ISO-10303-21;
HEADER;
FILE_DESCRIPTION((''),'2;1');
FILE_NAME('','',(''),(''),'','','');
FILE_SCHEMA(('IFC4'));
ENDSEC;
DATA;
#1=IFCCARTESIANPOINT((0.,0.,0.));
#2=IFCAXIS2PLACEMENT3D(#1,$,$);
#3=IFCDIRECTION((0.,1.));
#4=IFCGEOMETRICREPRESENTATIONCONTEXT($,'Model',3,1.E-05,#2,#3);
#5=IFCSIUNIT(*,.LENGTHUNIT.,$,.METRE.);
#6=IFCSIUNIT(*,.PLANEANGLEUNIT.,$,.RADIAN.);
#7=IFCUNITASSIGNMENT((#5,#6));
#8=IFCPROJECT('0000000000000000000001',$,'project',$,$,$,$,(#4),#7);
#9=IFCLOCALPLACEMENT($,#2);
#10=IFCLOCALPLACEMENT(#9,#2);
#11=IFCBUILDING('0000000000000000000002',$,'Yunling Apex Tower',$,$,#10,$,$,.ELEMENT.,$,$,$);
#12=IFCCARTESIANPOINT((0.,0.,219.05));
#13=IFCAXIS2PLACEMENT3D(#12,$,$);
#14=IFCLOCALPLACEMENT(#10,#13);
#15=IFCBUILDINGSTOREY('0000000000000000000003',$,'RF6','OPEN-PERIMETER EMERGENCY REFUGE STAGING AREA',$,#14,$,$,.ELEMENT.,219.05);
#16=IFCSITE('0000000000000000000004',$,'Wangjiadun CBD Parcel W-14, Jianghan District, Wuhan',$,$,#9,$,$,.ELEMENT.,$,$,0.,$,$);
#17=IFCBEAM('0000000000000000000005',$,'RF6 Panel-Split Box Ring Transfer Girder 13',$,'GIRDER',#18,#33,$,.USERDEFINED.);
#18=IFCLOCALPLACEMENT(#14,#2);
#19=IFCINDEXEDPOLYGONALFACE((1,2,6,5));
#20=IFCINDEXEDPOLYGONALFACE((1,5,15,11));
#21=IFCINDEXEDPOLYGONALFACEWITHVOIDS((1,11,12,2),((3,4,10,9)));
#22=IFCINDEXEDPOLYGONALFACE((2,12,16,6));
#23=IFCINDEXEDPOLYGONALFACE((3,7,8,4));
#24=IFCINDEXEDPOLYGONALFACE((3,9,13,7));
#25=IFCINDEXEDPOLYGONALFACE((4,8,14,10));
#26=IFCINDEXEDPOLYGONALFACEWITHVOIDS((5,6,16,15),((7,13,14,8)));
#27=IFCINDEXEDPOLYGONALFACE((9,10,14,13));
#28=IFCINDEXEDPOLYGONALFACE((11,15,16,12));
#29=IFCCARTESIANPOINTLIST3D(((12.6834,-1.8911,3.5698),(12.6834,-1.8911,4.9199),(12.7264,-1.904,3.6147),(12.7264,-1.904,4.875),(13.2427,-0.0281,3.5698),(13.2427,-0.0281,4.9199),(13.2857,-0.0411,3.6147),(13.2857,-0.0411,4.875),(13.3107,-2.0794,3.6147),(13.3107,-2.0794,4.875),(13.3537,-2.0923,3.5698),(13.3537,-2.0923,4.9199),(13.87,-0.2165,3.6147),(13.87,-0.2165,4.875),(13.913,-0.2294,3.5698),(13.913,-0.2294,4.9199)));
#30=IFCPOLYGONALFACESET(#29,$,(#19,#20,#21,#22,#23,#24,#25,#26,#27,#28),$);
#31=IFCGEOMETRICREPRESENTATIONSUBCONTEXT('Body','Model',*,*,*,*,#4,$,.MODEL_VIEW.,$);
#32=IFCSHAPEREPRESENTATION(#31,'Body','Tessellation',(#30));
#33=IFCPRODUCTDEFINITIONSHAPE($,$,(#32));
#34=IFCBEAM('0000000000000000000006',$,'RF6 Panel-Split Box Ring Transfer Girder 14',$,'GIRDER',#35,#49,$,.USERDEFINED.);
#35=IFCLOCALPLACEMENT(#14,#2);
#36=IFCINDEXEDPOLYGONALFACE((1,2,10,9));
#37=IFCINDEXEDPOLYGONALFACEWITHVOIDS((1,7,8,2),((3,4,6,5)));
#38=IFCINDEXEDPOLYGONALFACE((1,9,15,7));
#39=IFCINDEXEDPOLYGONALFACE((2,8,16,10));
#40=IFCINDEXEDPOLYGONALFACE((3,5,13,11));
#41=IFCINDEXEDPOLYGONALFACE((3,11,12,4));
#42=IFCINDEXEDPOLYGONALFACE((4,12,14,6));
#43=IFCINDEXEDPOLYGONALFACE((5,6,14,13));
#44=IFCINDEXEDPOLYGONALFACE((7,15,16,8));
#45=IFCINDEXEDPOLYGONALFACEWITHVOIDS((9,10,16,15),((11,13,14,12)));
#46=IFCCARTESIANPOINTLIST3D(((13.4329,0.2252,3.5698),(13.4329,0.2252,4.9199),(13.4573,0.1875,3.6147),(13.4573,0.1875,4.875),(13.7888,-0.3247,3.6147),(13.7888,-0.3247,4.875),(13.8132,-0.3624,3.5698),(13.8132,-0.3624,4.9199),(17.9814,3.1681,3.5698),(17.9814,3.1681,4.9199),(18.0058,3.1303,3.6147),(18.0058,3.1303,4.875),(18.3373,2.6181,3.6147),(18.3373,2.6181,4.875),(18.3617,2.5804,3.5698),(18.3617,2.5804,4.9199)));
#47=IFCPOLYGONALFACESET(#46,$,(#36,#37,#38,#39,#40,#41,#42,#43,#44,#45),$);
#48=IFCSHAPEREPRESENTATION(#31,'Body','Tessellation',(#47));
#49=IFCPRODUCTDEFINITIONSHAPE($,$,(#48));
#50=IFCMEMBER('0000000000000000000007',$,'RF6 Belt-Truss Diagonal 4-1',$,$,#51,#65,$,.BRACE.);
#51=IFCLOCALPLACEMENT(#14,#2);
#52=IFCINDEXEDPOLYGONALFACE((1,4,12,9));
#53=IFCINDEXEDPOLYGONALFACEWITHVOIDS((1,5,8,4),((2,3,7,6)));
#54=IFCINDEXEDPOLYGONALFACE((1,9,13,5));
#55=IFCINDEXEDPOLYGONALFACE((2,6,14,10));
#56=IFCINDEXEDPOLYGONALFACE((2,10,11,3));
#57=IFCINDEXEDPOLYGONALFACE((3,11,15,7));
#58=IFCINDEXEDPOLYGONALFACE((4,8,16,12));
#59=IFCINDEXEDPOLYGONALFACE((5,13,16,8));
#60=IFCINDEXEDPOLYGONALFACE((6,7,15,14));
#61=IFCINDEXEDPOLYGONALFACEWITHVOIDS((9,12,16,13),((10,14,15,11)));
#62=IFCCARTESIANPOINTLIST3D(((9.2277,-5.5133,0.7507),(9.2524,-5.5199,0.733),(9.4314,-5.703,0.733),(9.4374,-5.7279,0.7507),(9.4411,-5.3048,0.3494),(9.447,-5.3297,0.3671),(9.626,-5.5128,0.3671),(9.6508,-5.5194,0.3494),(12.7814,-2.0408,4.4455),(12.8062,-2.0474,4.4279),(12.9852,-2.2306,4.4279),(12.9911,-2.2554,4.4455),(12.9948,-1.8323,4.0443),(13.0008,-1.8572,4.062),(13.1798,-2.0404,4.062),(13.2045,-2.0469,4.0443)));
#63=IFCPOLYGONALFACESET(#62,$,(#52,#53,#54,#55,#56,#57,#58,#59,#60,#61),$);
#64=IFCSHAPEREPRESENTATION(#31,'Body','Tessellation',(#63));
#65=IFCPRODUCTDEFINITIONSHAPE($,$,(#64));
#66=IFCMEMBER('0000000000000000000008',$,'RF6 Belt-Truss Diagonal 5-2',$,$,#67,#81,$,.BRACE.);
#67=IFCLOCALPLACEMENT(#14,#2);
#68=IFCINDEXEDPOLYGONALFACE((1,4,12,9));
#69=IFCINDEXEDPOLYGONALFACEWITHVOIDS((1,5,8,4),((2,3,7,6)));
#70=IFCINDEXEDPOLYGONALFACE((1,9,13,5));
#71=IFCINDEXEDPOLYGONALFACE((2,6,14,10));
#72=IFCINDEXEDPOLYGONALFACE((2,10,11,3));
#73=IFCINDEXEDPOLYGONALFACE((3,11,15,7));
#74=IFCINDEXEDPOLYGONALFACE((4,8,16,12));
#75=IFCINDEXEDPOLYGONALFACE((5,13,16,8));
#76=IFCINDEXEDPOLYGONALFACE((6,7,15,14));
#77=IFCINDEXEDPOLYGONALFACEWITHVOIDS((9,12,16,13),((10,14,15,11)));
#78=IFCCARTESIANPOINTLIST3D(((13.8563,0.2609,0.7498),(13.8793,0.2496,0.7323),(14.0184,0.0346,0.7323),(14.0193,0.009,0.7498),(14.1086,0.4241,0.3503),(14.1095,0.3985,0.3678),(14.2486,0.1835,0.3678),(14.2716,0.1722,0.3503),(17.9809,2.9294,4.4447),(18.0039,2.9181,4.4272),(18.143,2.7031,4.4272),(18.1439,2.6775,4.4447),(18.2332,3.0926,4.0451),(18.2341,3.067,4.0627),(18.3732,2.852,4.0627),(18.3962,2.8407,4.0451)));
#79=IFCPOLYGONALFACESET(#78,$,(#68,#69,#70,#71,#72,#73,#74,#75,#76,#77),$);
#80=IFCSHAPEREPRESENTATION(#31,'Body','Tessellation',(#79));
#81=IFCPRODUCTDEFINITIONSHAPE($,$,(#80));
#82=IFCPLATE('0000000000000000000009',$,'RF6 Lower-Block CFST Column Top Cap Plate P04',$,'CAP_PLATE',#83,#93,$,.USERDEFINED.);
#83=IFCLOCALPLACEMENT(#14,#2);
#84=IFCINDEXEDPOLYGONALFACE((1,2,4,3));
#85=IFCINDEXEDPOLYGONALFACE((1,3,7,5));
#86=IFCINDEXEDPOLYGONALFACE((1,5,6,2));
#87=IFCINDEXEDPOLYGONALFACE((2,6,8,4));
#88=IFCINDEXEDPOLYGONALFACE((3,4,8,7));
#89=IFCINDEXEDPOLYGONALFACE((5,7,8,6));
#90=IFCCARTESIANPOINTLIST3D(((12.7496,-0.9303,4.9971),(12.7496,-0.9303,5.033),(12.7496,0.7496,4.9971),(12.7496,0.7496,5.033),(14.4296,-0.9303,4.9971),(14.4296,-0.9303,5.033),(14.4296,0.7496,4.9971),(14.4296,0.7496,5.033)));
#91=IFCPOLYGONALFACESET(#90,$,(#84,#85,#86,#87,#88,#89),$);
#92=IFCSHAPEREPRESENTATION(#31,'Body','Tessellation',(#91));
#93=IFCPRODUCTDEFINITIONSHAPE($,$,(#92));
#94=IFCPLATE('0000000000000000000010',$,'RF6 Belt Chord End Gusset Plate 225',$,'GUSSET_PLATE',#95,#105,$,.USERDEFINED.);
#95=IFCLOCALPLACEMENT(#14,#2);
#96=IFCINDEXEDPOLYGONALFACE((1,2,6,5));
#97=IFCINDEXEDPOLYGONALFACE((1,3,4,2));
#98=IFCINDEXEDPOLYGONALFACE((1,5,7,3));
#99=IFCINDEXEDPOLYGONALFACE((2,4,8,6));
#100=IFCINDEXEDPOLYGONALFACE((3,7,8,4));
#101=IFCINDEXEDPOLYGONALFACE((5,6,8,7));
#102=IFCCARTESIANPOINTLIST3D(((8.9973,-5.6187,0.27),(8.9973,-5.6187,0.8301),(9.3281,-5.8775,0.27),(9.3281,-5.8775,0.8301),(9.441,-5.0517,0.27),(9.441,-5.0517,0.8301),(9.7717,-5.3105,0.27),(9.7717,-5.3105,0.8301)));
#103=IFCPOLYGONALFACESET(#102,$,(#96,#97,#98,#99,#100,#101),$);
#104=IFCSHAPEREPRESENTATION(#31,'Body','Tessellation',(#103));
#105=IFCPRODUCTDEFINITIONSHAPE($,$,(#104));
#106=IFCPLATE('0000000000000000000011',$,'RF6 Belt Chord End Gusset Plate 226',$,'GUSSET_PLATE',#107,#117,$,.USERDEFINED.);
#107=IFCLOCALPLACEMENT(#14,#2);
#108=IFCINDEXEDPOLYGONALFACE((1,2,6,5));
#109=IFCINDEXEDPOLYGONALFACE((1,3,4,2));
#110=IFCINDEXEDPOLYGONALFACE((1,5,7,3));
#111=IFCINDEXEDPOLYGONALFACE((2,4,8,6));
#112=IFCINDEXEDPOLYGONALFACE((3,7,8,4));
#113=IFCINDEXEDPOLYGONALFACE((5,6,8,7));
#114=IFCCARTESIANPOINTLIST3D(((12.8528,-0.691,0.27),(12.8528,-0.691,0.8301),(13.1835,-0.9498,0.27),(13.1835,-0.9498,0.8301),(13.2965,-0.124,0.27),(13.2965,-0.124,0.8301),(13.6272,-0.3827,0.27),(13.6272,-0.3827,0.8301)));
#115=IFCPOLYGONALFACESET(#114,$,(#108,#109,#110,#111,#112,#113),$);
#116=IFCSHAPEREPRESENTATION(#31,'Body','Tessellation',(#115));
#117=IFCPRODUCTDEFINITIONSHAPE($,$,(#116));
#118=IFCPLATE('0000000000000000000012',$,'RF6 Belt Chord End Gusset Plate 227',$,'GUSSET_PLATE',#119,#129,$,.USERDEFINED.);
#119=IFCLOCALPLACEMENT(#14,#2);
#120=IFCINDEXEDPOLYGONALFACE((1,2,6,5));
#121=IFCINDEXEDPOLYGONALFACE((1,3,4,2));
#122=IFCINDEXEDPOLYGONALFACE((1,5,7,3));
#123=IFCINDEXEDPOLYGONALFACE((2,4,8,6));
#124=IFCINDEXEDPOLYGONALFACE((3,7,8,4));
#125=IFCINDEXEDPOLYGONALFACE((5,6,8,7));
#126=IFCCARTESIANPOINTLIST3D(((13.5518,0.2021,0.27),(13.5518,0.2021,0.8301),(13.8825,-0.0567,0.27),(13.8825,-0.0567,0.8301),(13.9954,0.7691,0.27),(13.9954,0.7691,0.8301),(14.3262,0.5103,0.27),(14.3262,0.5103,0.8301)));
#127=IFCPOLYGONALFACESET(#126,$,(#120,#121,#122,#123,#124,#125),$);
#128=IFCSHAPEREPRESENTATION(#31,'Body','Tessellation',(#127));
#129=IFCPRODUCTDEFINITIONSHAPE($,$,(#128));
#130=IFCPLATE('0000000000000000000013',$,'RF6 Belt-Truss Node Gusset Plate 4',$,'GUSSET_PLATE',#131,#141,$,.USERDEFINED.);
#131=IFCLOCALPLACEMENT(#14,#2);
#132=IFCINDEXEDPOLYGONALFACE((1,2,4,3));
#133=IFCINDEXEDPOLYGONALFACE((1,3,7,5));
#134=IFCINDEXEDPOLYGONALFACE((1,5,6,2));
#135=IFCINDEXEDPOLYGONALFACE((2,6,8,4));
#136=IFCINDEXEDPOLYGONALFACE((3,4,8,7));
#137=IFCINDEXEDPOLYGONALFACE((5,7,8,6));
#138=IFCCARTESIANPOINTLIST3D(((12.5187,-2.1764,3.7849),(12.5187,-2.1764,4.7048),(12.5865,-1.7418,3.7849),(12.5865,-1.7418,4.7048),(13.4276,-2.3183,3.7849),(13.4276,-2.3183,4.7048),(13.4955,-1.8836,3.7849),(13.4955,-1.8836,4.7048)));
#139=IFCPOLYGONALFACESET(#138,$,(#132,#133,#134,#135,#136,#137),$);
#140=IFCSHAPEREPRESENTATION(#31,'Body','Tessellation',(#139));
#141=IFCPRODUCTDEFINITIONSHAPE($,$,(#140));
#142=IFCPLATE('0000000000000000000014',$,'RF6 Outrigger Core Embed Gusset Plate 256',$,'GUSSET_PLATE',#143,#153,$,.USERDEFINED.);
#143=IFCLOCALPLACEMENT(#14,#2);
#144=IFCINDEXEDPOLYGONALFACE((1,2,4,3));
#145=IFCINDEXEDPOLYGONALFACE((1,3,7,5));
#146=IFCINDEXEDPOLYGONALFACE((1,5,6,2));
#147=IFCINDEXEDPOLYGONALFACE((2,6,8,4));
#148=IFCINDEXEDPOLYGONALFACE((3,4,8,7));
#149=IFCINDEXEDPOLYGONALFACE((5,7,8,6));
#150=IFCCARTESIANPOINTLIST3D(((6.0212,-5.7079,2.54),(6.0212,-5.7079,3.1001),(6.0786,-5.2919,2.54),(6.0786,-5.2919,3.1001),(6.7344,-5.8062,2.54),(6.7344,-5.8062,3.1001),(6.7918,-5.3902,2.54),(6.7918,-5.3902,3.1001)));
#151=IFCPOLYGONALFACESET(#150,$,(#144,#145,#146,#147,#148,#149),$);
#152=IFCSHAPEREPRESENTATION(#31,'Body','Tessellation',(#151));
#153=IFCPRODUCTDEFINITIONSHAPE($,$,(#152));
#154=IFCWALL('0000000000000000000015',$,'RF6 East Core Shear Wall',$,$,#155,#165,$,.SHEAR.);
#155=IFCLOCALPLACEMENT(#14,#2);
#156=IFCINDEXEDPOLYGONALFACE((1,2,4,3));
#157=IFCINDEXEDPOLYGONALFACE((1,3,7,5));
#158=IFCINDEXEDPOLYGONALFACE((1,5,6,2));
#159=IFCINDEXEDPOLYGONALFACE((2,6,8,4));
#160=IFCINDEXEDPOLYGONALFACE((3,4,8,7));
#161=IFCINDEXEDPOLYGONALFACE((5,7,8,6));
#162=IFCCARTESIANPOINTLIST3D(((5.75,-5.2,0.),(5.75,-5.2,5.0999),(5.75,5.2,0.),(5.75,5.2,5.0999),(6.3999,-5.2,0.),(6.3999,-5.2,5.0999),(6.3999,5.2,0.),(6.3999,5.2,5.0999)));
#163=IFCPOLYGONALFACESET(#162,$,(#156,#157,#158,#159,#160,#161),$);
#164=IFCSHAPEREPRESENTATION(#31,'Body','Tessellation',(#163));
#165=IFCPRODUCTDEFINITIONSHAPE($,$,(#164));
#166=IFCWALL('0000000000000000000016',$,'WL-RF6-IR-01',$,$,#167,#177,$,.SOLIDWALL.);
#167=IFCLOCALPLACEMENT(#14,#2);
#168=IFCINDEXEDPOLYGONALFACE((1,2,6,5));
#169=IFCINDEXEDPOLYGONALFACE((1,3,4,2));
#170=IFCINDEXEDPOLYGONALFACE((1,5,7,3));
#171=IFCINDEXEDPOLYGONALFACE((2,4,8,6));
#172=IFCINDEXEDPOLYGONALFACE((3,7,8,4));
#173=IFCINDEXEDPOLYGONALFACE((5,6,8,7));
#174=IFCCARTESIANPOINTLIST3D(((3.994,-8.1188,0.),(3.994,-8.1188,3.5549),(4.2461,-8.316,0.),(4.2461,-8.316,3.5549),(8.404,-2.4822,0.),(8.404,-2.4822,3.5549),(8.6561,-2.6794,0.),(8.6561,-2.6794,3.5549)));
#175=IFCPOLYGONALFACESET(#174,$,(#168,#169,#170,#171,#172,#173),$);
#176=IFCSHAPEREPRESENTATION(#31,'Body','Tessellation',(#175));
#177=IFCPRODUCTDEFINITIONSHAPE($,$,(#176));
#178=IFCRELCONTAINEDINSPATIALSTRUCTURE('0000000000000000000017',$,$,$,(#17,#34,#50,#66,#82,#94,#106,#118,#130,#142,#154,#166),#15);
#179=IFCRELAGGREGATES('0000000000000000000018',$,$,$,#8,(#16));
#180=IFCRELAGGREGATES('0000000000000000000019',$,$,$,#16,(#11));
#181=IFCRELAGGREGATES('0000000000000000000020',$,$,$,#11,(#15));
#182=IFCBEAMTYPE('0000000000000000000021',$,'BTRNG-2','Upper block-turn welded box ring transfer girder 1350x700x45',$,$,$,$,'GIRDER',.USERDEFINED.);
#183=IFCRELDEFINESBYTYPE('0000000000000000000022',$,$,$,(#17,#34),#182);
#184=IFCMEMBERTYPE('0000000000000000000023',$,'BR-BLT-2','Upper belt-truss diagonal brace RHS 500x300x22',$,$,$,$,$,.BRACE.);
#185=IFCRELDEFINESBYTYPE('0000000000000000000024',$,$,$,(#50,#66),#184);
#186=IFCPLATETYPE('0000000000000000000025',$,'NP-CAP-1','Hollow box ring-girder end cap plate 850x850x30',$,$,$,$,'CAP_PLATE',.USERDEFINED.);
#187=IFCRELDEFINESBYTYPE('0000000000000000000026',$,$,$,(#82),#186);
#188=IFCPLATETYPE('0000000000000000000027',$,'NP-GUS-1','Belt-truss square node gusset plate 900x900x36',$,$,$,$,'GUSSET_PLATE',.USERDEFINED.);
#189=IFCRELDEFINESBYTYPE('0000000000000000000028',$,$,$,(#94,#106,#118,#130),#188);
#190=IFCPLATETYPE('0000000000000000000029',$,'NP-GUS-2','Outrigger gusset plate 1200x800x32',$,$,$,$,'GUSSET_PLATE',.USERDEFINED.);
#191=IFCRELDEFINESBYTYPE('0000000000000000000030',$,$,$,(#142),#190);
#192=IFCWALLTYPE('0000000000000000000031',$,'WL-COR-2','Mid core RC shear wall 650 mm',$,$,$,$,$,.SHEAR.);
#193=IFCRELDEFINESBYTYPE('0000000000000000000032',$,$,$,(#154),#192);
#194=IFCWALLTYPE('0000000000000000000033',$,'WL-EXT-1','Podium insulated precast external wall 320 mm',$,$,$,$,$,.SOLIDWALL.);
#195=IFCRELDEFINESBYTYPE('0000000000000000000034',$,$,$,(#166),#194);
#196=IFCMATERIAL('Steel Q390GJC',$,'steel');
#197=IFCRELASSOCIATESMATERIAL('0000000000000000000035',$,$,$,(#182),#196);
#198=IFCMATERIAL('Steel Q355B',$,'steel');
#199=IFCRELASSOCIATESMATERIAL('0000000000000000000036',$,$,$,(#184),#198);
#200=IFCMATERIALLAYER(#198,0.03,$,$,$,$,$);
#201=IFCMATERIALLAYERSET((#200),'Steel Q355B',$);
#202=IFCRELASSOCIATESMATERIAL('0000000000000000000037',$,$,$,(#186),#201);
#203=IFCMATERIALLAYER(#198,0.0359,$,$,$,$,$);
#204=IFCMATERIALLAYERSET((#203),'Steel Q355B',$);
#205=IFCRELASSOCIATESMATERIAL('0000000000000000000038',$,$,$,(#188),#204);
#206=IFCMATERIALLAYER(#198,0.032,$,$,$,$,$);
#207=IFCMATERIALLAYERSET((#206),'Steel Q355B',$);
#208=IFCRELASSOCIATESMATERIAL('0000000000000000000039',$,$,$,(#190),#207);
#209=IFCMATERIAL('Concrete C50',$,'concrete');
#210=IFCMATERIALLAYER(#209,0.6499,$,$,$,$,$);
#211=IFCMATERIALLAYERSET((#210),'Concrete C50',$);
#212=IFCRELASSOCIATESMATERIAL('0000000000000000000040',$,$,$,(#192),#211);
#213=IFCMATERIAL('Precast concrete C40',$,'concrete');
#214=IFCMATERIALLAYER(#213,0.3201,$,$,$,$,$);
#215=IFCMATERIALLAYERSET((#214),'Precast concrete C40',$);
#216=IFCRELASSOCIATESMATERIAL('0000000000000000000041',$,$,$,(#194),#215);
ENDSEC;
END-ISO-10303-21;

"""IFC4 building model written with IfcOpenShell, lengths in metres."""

from ifc_helpers import new_model, si_unit, direction, frame, frame_2d, origin, origin_2d, place, context, subcontext, project, spatial, rectangle, hollow_rectangle, extrude, source, transform, mapped, material, layer, layer_set, material_profile, profile_set, type_object, element, save


model = new_model("IFC4")

# Units and contexts
model_context = context("Model", 3, precision=1e-05, world=origin(), true_north=direction((0.0, 1.0)))
body_context = subcontext(model_context, "Body", "Model", "MODEL_VIEW")
ifc_project = project(units=[si_unit("LENGTHUNIT", "METRE"), si_unit("PLANEANGLEUNIT", "RADIAN")], contexts=[model_context])

# Site, building, storey
site_placement = place(None, origin())
site = spatial("IfcSite", under=ifc_project, at=site_placement, Name="Wangjiadun CBD Parcel W-14, Jianghan District, Wuhan", CompositionType="ELEMENT", RefElevation=0.0)
building_placement = place(site_placement, origin())
building = spatial("IfcBuilding", under=site, at=building_placement, Name="Yunling Apex Tower", CompositionType="ELEMENT")
storey_placement = place(building_placement, frame((0.0, 0.0, 219.05)))
storey = spatial("IfcBuildingStorey", under=building, at=storey_placement, Name="RF6", Description="OPEN-PERIMETER EMERGENCY REFUGE STAGING AREA", CompositionType="ELEMENT", Elevation=219.05)

# Shared definitions
ifc_material_1 = material(Name="Concrete C50", Category="concrete")
ifc_material_2 = material(Name="Steel Q390GJC", Category="steel")

# Shared definitions
ifc_material_3 = material(Name="Steel Q355B", Category="steel")

# Beams
ifc_material_profile_1 = material_profile(ifc_material_2, hollow_rectangle(XDim=0.7, YDim=1.3501, WallThickness=0.0449, at=origin_2d()))
ifc_profile_set_1 = profile_set([ifc_material_profile_1], Name="Steel Q390GJC")
beam_type_1 = type_object("IfcBeamType", Name="BTRNG-2", Description="Upper block-turn welded box ring transfer girder 1350x700x45", ElementType="GIRDER", PredefinedType="USERDEFINED", material=ifc_profile_set_1)
shared_shape_1 = source(origin(), body_context, "Body", "SweptSolid", [
    extrude(hollow_rectangle(XDim=0.7, YDim=1.3501, WallThickness=0.0449, at=origin_2d()), origin(), (0.0, 0.0, 1.0), 1.9451),
])
beam_1_placement = place(storey_placement, frame((13.0186, -1.9917, 4.2449), z_axis=(0.287544, 0.957768, 0.0), x_axis=(-0.957768, 0.287544, 0.0)))
element("IfcBeam", 1, at=beam_1_placement, inside=storey, type_object=beam_type_1, Name="RF6 Panel-Split Box Ring Transfer Girder 13", ObjectType="GIRDER", PredefinedType="USERDEFINED", context=body_context, shape_type="MappedRepresentation", body=[
    mapped(shared_shape_1, transform((0.0, 0.0, 0.0), scale=1.0)),
])
shared_shape_2 = source(origin(), body_context, "Body", "SweptSolid", [
    extrude(hollow_rectangle(XDim=0.7, YDim=1.3501, WallThickness=0.0449, at=origin_2d()), origin(), (0.0, 0.0, 1.0), 5.4175),
])
beam_2_placement = place(storey_placement, frame((13.623, -0.0686, 4.2449), z_axis=(0.839598, 0.543208, 0.0), x_axis=(-0.543208, 0.839598, 0.0)))
element("IfcBeam", 2, at=beam_2_placement, inside=storey, type_object=beam_type_1, Name="RF6 Panel-Split Box Ring Transfer Girder 14", ObjectType="GIRDER", PredefinedType="USERDEFINED", context=body_context, shape_type="MappedRepresentation", body=[
    mapped(shared_shape_2, transform((0.0, 0.0, 0.0), scale=1.0)),
])

# Members
ifc_material_profile_2 = material_profile(ifc_material_3, hollow_rectangle(XDim=0.3, YDim=0.5, WallThickness=0.022, at=origin_2d()))
ifc_profile_set_2 = profile_set([ifc_material_profile_2], Name="Steel Q355B")
member_type_1 = type_object("IfcMemberType", Name="BR-BLT-2", Description="Upper belt-truss diagonal brace RHS 500x300x22", PredefinedType="BRACE", material=ifc_profile_set_2)
shared_shape_3 = source(origin(), body_context, "Body", "SweptSolid", [
    extrude(hollow_rectangle(XDim=0.3, YDim=0.5, WallThickness=0.022, at=origin_2d()), origin(), (0.0, 0.0, 1.0), 6.1919),
])
member_1_placement = place(storey_placement, frame((9.4392, -5.5164, 0.55), z_axis=(0.573939, 0.560809, 0.59673), x_axis=(-0.698878, 0.715241, 0.0)))
element("IfcMember", 3, at=member_1_placement, inside=storey, type_object=member_type_1, Name="RF6 Belt-Truss Diagonal 4-1", PredefinedType="BRACE", context=body_context, shape_type="MappedRepresentation", body=[
    mapped(shared_shape_3, transform((0.0, 0.0, 0.0), scale=1.0)),
])
shared_shape_4 = source(origin(), body_context, "Body", "SweptSolid", [
    extrude(hollow_rectangle(XDim=0.3, YDim=0.5, WallThickness=0.022, at=origin_2d()), origin(), (0.0, 0.0, 1.0), 6.147),
])
member_2_placement = place(storey_placement, frame((14.064, 0.2166, 0.55), z_axis=(0.670994, 0.434117, 0.601091), x_axis=(-0.543202, 0.839602, 0.0)))
element("IfcMember", 4, at=member_2_placement, inside=storey, type_object=member_type_1, Name="RF6 Belt-Truss Diagonal 5-2", PredefinedType="BRACE", context=body_context, shape_type="MappedRepresentation", body=[
    mapped(shared_shape_4, transform((0.0, 0.0, 0.0), scale=1.0)),
])

# Plates
ifc_layer_1 = layer(ifc_material_3, 0.03)
ifc_layer_set_1 = layer_set([ifc_layer_1], Name="Steel Q355B")
plate_type_1 = type_object("IfcPlateType", Name="NP-CAP-1", Description="Hollow box ring-girder end cap plate 850x850x30", ElementType="CAP_PLATE", PredefinedType="USERDEFINED", material=ifc_layer_set_1)
shared_shape_5 = source(origin(), body_context, "Body", "SweptSolid", [
    extrude(rectangle(XDim=1.6799, YDim=1.6799, at=origin_2d()), origin(), (0.0, 0.0, 1.0), 0.0359),
])
plate_1_placement = place(storey_placement, frame((13.5896, -0.0903, 4.9971), z_axis=(0.0, 0.0, 1.0), x_axis=(1.0, 0.0, 0.0)))
element("IfcPlate", 5, at=plate_1_placement, inside=storey, type_object=plate_type_1, Name="RF6 Lower-Block CFST Column Top Cap Plate P04", ObjectType="CAP_PLATE", PredefinedType="USERDEFINED", context=body_context, shape_type="MappedRepresentation", body=[
    mapped(shared_shape_5, transform((0.0, 0.0, 0.0), scale=1.0)),
])
ifc_layer_2 = layer(ifc_material_3, 0.0359)
ifc_layer_set_2 = layer_set([ifc_layer_2], Name="Steel Q355B")
plate_type_2 = type_object("IfcPlateType", Name="NP-GUS-1", Description="Belt-truss square node gusset plate 900x900x36", ElementType="GUSSET_PLATE", PredefinedType="USERDEFINED", material=ifc_layer_set_2)
shared_shape_6 = source(origin(), body_context, "Body", "SweptSolid", [
    extrude(rectangle(XDim=0.72, YDim=0.4199, at=origin_2d()), origin(), (0.0, 0.0, 1.0), 0.5601),
])
for number, where, z_axis, x_axis, name in (
    (6, (9.3845, -5.4646, 0.27), (0.0, 0.0, 1.0), (0.616211, 0.787581, 0.0), "RF6 Belt Chord End Gusset Plate 225"),
    (7, (13.24, -0.5369, 0.27), (0.0, 0.0, 1.0), (0.616211, 0.787581, 0.0), "RF6 Belt Chord End Gusset Plate 226"),
    (8, (13.939, 0.3562, 0.27), (0.0, 0.0, 1.0), (0.616211, 0.787581, 0.0), "RF6 Belt Chord End Gusset Plate 227"),
):
    element("IfcPlate", number, at=place(storey_placement, frame(where, z_axis=z_axis, x_axis=x_axis)), inside=storey, type_object=plate_type_2, Name=name, ObjectType="GUSSET_PLATE", PredefinedType="USERDEFINED", context=body_context, shape_type="MappedRepresentation", body=[
        mapped(shared_shape_6, transform((0.0, 0.0, 0.0), scale=1.0)),
    ])
shared_shape_7 = source(origin(), body_context, "Body", "SweptSolid", [
    extrude(rectangle(XDim=0.9199, YDim=0.4399, at=origin_2d()), origin(), (0.0, 0.0, 1.0), 0.9199),
])
plate_2_placement = place(storey_placement, frame((13.0071, -2.03, 3.7849), z_axis=(0.0, 0.0, 1.0), x_axis=(0.988041, -0.154193, 0.0)))
element("IfcPlate", 9, at=plate_2_placement, inside=storey, type_object=plate_type_2, Name="RF6 Belt-Truss Node Gusset Plate 4", ObjectType="GUSSET_PLATE", PredefinedType="USERDEFINED", context=body_context, shape_type="MappedRepresentation", body=[
    mapped(shared_shape_7, transform((0.0, 0.0, 0.0), scale=1.0)),
])
ifc_layer_3 = layer(ifc_material_3, 0.032)
ifc_layer_set_3 = layer_set([ifc_layer_3], Name="Steel Q355B")
plate_type_3 = type_object("IfcPlateType", Name="NP-GUS-2", Description="Outrigger gusset plate 1200x800x32", ElementType="GUSSET_PLATE", PredefinedType="USERDEFINED", material=ifc_layer_set_3)
shared_shape_8 = source(origin(), body_context, "Body", "SweptSolid", [
    extrude(rectangle(XDim=0.72, YDim=0.4199, at=origin_2d()), origin(), (0.0, 0.0, 1.0), 0.5601),
])
plate_3_placement = place(storey_placement, frame((6.4065, -5.5491, 2.54), z_axis=(0.0, 0.0, 1.0), x_axis=(0.990629, -0.13658, 0.0)))
element("IfcPlate", 10, at=plate_3_placement, inside=storey, type_object=plate_type_3, Name="RF6 Outrigger Core Embed Gusset Plate 256", ObjectType="GUSSET_PLATE", PredefinedType="USERDEFINED", context=body_context, shape_type="MappedRepresentation", body=[
    mapped(shared_shape_8, transform((0.0, 0.0, 0.0), scale=1.0)),
])

# Walls
ifc_layer_4 = layer(ifc_material_1, 0.6499)
ifc_layer_set_4 = layer_set([ifc_layer_4], Name="Concrete C50")
wall_type_1 = type_object("IfcWallType", Name="WL-COR-2", Description="Mid core RC shear wall 650 mm", PredefinedType="SHEAR", material=ifc_layer_set_4)
wall_1_placement = place(storey_placement, frame((6.075, -5.2, 0.0), z_axis=(0.0, 0.0, 1.0), x_axis=(0.0, 1.0, 0.0)))
element("IfcWall", 11, at=wall_1_placement, inside=storey, type_object=wall_type_1, Name="RF6 East Core Shear Wall", PredefinedType="SHEAR", context=body_context, shape_type="SweptSolid", body=[
    extrude(rectangle(XDim=10.3999, YDim=0.6499, at=frame_2d((5.2, 0.0))), origin(), (0.0, 0.0, 1.0), 5.0999),
])
ifc_material_4 = material(Name="Precast concrete C40", Category="concrete")
ifc_layer_5 = layer(ifc_material_4, 0.3201)
ifc_layer_set_5 = layer_set([ifc_layer_5], Name="Precast concrete C40")
wall_type_2 = type_object("IfcWallType", Name="WL-EXT-1", Description="Podium insulated precast external wall 320 mm", PredefinedType="SOLIDWALL", material=ifc_layer_set_5)
wall_2_placement = place(storey_placement, frame((8.53, -2.5808, 0.0), z_axis=(0.0, 0.0, 1.0), x_axis=(-0.616201, -0.787589, 0.0)))
element("IfcWall", 12, at=wall_2_placement, inside=storey, type_object=wall_type_2, Name="WL-RF6-IR-01", PredefinedType="SOLIDWALL", context=body_context, shape_type="SweptSolid", body=[
    extrude(rectangle(XDim=7.1567, YDim=0.3201, at=frame_2d((3.5784, 0.0))), origin(), (0.0, 0.0, 1.0), 3.5549),
])

save(model, "model.ifc")
